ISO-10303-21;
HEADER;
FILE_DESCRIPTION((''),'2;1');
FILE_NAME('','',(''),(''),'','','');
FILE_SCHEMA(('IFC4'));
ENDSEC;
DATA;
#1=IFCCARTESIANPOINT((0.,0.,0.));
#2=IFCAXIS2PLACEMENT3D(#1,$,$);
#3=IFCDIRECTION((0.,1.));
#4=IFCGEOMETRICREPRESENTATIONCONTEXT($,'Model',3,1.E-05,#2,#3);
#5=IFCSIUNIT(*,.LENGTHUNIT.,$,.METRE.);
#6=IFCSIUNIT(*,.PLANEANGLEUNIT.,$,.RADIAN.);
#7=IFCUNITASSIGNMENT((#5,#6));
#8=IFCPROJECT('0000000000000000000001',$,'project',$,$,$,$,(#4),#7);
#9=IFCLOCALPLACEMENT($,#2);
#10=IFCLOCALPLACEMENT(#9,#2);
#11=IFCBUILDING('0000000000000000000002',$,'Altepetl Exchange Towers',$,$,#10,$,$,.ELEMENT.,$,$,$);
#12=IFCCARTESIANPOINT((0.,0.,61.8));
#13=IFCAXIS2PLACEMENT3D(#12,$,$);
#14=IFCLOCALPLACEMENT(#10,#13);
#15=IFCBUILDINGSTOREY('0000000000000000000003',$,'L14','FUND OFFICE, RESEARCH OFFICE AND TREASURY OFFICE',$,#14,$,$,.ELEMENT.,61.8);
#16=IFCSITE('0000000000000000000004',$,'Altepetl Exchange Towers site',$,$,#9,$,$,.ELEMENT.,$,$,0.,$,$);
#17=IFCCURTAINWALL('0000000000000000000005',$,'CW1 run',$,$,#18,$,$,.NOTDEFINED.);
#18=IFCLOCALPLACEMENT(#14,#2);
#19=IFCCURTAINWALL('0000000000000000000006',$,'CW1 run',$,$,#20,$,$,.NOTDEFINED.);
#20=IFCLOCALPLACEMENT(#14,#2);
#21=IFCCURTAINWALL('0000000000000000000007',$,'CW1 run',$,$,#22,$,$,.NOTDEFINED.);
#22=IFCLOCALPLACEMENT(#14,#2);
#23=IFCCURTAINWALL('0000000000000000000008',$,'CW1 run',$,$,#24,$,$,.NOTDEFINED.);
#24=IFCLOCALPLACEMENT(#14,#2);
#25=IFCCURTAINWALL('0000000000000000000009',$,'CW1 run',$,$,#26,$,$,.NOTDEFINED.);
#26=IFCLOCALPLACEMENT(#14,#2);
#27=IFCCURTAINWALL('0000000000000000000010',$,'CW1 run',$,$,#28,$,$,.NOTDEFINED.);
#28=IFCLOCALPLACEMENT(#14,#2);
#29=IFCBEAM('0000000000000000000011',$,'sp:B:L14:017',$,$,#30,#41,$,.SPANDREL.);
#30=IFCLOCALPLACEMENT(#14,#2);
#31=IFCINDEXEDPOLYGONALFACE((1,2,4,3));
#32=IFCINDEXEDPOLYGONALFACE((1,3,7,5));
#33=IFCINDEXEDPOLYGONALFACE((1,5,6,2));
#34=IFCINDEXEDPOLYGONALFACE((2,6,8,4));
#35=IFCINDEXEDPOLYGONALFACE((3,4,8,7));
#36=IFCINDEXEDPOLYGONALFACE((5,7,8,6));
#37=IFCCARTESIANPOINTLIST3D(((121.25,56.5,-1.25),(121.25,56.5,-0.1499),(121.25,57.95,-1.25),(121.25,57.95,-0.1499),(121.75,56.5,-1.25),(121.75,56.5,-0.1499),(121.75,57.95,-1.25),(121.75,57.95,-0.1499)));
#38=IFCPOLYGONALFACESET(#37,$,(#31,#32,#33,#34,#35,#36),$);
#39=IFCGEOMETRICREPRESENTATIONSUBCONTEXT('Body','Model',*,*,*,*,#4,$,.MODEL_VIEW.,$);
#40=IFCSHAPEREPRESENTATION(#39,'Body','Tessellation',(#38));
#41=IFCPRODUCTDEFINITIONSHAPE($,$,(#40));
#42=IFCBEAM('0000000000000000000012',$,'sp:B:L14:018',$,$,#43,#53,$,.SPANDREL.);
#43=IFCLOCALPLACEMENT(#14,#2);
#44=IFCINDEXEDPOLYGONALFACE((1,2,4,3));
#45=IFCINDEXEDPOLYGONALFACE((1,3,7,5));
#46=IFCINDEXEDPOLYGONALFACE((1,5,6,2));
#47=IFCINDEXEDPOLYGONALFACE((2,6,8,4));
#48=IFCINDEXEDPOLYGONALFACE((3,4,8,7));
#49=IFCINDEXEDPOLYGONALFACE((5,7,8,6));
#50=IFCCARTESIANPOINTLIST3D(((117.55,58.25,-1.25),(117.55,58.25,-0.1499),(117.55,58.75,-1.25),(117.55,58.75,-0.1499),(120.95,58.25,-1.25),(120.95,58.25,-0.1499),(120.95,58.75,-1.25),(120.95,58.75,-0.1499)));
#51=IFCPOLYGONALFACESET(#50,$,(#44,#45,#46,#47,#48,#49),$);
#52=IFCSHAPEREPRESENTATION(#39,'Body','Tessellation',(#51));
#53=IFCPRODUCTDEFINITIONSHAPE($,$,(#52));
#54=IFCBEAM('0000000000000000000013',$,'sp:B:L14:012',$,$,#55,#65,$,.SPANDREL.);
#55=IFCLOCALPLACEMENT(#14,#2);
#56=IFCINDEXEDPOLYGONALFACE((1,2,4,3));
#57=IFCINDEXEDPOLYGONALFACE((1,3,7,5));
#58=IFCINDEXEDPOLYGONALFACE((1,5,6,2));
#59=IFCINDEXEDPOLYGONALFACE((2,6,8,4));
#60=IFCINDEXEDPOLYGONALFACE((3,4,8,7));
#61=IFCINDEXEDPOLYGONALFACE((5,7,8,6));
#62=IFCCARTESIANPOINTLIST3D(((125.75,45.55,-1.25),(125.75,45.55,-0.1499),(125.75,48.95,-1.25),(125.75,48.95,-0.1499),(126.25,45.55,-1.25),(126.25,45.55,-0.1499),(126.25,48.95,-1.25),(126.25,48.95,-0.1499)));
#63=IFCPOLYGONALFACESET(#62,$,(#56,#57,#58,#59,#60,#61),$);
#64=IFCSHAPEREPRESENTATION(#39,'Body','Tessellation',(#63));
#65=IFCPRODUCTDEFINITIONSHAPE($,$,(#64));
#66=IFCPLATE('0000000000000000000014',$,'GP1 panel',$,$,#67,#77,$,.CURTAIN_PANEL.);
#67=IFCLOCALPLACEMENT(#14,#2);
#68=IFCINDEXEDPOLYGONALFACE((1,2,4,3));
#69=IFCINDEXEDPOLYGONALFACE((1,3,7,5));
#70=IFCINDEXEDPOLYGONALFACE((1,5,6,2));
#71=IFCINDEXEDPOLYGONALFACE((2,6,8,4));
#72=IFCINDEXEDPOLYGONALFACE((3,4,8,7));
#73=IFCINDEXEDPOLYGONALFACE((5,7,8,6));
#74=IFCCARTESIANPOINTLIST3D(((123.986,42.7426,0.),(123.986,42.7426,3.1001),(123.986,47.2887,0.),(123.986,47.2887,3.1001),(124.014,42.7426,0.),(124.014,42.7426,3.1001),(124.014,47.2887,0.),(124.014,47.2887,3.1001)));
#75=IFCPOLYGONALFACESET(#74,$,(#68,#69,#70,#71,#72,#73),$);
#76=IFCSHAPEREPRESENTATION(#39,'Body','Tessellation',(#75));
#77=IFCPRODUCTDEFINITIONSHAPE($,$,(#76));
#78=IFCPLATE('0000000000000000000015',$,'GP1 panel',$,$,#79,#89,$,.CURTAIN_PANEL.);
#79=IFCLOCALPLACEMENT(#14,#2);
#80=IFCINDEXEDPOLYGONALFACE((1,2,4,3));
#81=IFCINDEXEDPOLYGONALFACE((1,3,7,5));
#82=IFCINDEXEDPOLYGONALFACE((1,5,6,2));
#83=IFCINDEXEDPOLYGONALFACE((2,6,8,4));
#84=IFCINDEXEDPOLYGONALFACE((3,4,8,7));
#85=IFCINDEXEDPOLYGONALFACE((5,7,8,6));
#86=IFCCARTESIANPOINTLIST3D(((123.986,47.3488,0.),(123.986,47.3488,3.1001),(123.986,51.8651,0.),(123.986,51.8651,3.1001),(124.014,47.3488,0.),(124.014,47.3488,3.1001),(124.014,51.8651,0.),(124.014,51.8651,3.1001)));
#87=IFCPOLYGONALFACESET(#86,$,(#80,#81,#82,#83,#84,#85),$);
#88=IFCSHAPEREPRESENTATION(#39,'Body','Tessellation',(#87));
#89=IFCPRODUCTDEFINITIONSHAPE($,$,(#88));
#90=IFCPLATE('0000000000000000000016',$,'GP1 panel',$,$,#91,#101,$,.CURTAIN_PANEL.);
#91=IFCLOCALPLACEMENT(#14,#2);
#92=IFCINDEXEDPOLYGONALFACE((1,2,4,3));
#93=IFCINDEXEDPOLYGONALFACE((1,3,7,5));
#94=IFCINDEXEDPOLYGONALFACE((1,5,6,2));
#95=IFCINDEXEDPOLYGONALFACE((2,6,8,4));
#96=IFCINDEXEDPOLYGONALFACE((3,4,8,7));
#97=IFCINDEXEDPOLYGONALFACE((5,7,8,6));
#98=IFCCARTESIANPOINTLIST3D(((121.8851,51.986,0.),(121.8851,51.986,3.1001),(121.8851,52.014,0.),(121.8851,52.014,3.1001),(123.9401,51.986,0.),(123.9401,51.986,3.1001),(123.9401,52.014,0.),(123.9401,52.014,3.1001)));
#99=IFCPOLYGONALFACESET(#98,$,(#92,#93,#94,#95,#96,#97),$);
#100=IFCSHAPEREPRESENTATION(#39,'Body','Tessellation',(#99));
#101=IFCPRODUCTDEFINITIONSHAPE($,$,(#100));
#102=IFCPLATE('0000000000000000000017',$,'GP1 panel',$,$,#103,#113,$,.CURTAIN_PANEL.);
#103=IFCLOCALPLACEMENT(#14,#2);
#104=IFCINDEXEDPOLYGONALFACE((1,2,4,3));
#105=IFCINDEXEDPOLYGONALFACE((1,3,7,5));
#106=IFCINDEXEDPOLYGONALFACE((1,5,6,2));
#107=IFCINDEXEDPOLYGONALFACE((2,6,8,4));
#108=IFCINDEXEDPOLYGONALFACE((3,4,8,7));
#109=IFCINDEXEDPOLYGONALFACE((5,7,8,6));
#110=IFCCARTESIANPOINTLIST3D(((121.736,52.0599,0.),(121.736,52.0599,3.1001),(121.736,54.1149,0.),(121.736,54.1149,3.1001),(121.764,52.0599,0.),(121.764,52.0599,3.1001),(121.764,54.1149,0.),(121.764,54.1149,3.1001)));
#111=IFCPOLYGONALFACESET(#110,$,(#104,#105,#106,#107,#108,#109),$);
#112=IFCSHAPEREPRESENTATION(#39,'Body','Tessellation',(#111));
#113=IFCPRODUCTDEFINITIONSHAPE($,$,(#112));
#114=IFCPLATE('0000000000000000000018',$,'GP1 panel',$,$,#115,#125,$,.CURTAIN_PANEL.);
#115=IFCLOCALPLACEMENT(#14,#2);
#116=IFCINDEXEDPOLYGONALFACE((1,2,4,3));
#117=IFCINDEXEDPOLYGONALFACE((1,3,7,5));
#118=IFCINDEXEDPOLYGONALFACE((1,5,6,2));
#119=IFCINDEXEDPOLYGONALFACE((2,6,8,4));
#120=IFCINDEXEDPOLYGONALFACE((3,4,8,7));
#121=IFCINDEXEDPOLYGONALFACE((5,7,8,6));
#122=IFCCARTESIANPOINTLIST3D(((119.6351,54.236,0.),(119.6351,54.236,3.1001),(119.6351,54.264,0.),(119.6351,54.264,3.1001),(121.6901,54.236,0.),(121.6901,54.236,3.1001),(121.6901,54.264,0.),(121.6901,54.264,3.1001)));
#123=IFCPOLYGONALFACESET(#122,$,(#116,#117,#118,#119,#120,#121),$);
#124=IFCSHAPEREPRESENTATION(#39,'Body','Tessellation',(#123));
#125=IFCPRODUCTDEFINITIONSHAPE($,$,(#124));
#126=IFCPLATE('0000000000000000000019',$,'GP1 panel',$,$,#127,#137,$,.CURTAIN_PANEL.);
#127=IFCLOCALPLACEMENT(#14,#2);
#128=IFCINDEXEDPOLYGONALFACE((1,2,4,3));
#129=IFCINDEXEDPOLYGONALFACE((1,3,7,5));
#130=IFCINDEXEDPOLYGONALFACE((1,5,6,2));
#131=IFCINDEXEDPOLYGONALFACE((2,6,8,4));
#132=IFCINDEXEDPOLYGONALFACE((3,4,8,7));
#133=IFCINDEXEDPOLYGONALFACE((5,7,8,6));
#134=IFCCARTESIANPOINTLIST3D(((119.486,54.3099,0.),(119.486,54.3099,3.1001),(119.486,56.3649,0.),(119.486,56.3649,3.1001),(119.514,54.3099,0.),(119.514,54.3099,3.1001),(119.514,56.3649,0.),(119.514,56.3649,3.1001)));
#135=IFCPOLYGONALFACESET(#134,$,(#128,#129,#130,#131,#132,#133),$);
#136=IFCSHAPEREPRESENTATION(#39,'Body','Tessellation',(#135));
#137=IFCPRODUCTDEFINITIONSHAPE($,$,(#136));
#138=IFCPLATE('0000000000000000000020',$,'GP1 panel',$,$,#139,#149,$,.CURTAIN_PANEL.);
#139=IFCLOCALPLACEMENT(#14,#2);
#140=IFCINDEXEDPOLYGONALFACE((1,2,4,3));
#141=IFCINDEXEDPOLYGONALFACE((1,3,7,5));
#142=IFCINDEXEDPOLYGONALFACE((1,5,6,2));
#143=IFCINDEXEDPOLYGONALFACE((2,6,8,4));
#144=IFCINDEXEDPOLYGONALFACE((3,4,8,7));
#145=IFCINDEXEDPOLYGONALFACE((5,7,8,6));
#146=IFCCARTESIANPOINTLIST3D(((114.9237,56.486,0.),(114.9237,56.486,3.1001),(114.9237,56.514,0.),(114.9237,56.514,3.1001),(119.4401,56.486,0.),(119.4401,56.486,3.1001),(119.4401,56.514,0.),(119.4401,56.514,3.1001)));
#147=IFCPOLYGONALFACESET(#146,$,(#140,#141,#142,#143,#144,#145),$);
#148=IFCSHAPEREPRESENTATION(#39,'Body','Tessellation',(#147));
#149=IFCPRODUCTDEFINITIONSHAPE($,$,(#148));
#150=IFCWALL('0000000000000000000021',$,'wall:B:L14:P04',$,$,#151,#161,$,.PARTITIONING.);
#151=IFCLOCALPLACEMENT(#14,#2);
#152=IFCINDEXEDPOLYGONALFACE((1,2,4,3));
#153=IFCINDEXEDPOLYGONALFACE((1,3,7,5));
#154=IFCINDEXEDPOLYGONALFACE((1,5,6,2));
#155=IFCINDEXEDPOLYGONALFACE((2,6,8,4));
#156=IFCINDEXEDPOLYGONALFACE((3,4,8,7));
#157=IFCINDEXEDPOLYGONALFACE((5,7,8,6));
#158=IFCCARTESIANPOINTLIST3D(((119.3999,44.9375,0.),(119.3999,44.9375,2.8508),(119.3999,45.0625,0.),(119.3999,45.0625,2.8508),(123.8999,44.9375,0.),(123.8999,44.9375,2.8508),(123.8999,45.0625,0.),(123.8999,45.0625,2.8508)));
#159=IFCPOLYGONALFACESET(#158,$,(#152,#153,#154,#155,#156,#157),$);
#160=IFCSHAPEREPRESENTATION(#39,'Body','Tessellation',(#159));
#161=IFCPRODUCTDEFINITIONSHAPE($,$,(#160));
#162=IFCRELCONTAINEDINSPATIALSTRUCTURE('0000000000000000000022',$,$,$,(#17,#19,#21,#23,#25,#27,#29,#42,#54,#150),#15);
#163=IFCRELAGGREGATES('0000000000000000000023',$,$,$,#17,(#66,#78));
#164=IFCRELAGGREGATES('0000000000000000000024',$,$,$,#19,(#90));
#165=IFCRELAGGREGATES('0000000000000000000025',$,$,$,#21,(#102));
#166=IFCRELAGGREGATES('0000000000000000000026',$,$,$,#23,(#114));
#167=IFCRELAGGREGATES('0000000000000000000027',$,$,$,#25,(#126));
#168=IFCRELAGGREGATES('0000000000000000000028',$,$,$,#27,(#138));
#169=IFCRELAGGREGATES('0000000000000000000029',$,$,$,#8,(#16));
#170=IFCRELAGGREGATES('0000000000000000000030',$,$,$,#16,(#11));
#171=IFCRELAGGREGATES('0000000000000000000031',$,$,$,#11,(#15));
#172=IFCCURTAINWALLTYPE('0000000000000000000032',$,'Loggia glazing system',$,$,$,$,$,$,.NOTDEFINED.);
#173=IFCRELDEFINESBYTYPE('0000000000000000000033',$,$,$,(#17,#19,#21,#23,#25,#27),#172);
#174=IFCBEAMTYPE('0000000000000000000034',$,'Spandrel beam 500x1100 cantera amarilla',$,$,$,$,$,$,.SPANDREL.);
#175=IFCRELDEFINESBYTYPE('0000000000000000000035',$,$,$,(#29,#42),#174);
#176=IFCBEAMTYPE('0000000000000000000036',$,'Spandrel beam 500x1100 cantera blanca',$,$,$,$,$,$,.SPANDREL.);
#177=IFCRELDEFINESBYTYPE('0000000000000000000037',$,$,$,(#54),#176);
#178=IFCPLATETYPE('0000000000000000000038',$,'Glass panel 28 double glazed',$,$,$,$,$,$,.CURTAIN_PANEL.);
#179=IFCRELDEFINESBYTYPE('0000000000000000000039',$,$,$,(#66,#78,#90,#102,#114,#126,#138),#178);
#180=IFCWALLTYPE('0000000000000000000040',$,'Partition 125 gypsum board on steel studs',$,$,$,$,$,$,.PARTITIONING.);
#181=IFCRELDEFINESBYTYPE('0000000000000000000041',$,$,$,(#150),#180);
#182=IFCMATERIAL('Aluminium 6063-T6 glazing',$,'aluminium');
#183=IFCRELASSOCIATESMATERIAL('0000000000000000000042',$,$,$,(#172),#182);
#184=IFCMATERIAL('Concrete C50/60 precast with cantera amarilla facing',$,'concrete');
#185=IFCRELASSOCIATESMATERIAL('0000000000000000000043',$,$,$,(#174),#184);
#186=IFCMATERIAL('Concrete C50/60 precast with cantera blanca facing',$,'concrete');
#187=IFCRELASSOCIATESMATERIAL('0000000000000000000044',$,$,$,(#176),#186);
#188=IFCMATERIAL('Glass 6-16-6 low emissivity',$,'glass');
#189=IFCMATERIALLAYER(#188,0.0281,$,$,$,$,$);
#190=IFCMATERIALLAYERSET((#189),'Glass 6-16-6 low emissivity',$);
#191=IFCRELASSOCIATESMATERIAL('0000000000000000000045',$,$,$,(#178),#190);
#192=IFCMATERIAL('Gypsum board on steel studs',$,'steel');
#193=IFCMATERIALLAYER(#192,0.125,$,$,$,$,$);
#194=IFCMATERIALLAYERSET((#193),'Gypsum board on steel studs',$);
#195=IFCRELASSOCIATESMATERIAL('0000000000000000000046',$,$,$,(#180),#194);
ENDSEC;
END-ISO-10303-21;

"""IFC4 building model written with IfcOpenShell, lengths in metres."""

from ifc_helpers import new_model, si_unit, direction, frame, frame_2d, origin, origin_2d, place, context, subcontext, project, spatial, rectangle, extrude, material, layer, layer_set, material_profile, profile_set, type_object, element, aggregate, save


model = new_model("IFC4")

# Units and contexts
model_context = context("Model", 3, precision=1e-05, world=origin(), true_north=direction((0.0, 1.0)))
body_context = subcontext(model_context, "Body", "Model", "MODEL_VIEW")
ifc_project = project(units=[si_unit("LENGTHUNIT", "METRE"), si_unit("PLANEANGLEUNIT", "RADIAN")], contexts=[model_context])

# Site, building, storey
site_placement = place(None, origin())
site = spatial("IfcSite", under=ifc_project, at=site_placement, Name="Altepetl Exchange Towers site", CompositionType="ELEMENT", RefElevation=0.0)
building_placement = place(site_placement, origin())
building = spatial("IfcBuilding", under=site, at=building_placement, Name="Altepetl Exchange Towers", CompositionType="ELEMENT")
storey_placement = place(building_placement, frame((0.0, 0.0, 61.8)))
storey = spatial("IfcBuildingStorey", under=building, at=storey_placement, Name="L14", Description="FUND OFFICE, RESEARCH OFFICE AND TREASURY OFFICE", CompositionType="ELEMENT", Elevation=61.8)

# Curtain walls
ifc_material_1 = material(Name="Aluminium 6063-T6 glazing", Category="aluminium")
curtain_wall_type = type_object("IfcCurtainWallType", Name="Loggia glazing system", PredefinedType="NOTDEFINED", material=ifc_material_1)
curtain_wall_1_placement = place(storey_placement, origin())
curtain_wall_1 = element("IfcCurtainWall", 1, at=curtain_wall_1_placement, inside=storey, type_object=curtain_wall_type, Name="CW1 run", PredefinedType="NOTDEFINED")
curtain_wall_2_placement = place(storey_placement, origin())
curtain_wall_2 = element("IfcCurtainWall", 2, at=curtain_wall_2_placement, inside=storey, type_object=curtain_wall_type, Name="CW1 run", PredefinedType="NOTDEFINED")
curtain_wall_3_placement = place(storey_placement, origin())
curtain_wall_3 = element("IfcCurtainWall", 3, at=curtain_wall_3_placement, inside=storey, type_object=curtain_wall_type, Name="CW1 run", PredefinedType="NOTDEFINED")
curtain_wall_4_placement = place(storey_placement, origin())
curtain_wall_4 = element("IfcCurtainWall", 4, at=curtain_wall_4_placement, inside=storey, type_object=curtain_wall_type, Name="CW1 run", PredefinedType="NOTDEFINED")
curtain_wall_5_placement = place(storey_placement, origin())
curtain_wall_5 = element("IfcCurtainWall", 5, at=curtain_wall_5_placement, inside=storey, type_object=curtain_wall_type, Name="CW1 run", PredefinedType="NOTDEFINED")

# Curtain wall
curtain_wall_6_placement = place(storey_placement, origin())
curtain_wall_6 = element("IfcCurtainWall", 6, at=curtain_wall_6_placement, inside=storey, type_object=curtain_wall_type, Name="CW1 run", PredefinedType="NOTDEFINED")

# Beams
ifc_material_2 = material(Name="Concrete C50/60 precast with cantera amarilla facing", Category="concrete")
ifc_material_profile_1 = material_profile(ifc_material_2, rectangle(XDim=0.5, YDim=1.1001, at=origin_2d()), Name="500 x 1100")
ifc_profile_set_1 = profile_set([ifc_material_profile_1], Name="Concrete C50/60 precast with cantera amarilla facing")
beam_type_1 = type_object("IfcBeamType", Name="Spandrel beam 500x1100 cantera amarilla", PredefinedType="SPANDREL", material=ifc_profile_set_1)
beam_1_placement = place(storey_placement, frame((121.5, 56.5, -0.7), z_axis=(0.0, 1.0, 0.0), x_axis=(-1.0, 0.0, 0.0)))
element("IfcBeam", 7, at=beam_1_placement, inside=storey, type_object=beam_type_1, Name="sp:B:L14:017", PredefinedType="SPANDREL", context=body_context, shape_type="SweptSolid", body=[
    extrude(rectangle(XDim=0.5, YDim=1.1001, at=origin_2d()), origin(), (0.0, 0.0, 1.0), 1.45),
])
beam_2_placement = place(storey_placement, frame((120.95, 58.5, -0.7), z_axis=(-1.0, 0.0, 0.0), x_axis=(0.0, -1.0, 0.0)))
element("IfcBeam", 8, at=beam_2_placement, inside=storey, type_object=beam_type_1, Name="sp:B:L14:018", PredefinedType="SPANDREL", context=body_context, shape_type="SweptSolid", body=[
    extrude(rectangle(XDim=0.5, YDim=1.1001, at=origin_2d()), origin(), (0.0, 0.0, 1.0), 3.3999),
])
ifc_material_3 = material(Name="Concrete C50/60 precast with cantera blanca facing", Category="concrete")
ifc_material_profile_2 = material_profile(ifc_material_3, rectangle(XDim=0.5, YDim=1.1001, at=origin_2d()), Name="500 x 1100")
ifc_profile_set_2 = profile_set([ifc_material_profile_2], Name="Concrete C50/60 precast with cantera blanca facing")
beam_type_2 = type_object("IfcBeamType", Name="Spandrel beam 500x1100 cantera blanca", PredefinedType="SPANDREL", material=ifc_profile_set_2)
beam_3_placement = place(storey_placement, frame((126.0, 45.55, -0.7), z_axis=(0.0, 1.0, 0.0), x_axis=(-1.0, 0.0, 0.0)))
element("IfcBeam", 9, at=beam_3_placement, inside=storey, type_object=beam_type_2, Name="sp:B:L14:012", PredefinedType="SPANDREL", context=body_context, shape_type="SweptSolid", body=[
    extrude(rectangle(XDim=0.5, YDim=1.1001, at=origin_2d()), origin(), (0.0, 0.0, 1.0), 3.3999),
])

# Plates
ifc_material_4 = material(Name="Glass 6-16-6 low emissivity", Category="glass")
ifc_layer_1 = layer(ifc_material_4, 0.0281)
ifc_layer_set_1 = layer_set([ifc_layer_1], Name="Glass 6-16-6 low emissivity")
plate_type = type_object("IfcPlateType", Name="Glass panel 28 double glazed", PredefinedType="CURTAIN_PANEL", material=ifc_layer_set_1)
plate_1_placement = place(storey_placement, frame((124.0, 45.0156, 0.0), z_axis=(0.0, 0.0, 1.0), x_axis=(0.0, 1.0, 0.0)))
plate_1 = element("IfcPlate", 10, at=plate_1_placement, type_object=plate_type, Name="GP1 panel", PredefinedType="CURTAIN_PANEL", context=body_context, shape_type="SweptSolid", body=[
    extrude(rectangle(XDim=4.5461, YDim=0.0281, at=origin_2d()), origin(), (0.0, 0.0, 1.0), 3.1001),
])
plate_2_placement = place(storey_placement, frame((124.0, 49.6069, 0.0), z_axis=(0.0, 0.0, 1.0), x_axis=(0.0, 1.0, 0.0)))
plate_2 = element("IfcPlate", 11, at=plate_2_placement, type_object=plate_type, Name="GP1 panel", PredefinedType="CURTAIN_PANEL", context=body_context, shape_type="SweptSolid", body=[
    extrude(rectangle(XDim=4.5164, YDim=0.0281, at=origin_2d()), origin(), (0.0, 0.0, 1.0), 3.1001),
])
aggregate(curtain_wall_1, [plate_1, plate_2])
plate_3_placement = place(storey_placement, frame((122.9126, 52.0, 0.0), z_axis=(0.0, 0.0, 1.0), x_axis=(-1.0, 0.0, 0.0)))
plate_3 = element("IfcPlate", 12, at=plate_3_placement, type_object=plate_type, Name="GP1 panel", PredefinedType="CURTAIN_PANEL", context=body_context, shape_type="SweptSolid", body=[
    extrude(rectangle(XDim=2.0549, YDim=0.0281, at=origin_2d()), origin(), (0.0, 0.0, 1.0), 3.1001),
])
aggregate(curtain_wall_2, [plate_3])
plate_4_placement = place(storey_placement, frame((121.75, 53.0874, 0.0), z_axis=(0.0, 0.0, 1.0), x_axis=(0.0, 1.0, 0.0)))
plate_4 = element("IfcPlate", 13, at=plate_4_placement, type_object=plate_type, Name="GP1 panel", PredefinedType="CURTAIN_PANEL", context=body_context, shape_type="SweptSolid", body=[
    extrude(rectangle(XDim=2.0549, YDim=0.0281, at=origin_2d()), origin(), (0.0, 0.0, 1.0), 3.1001),
])
aggregate(curtain_wall_3, [plate_4])
plate_5_placement = place(storey_placement, frame((120.6626, 54.25, 0.0), z_axis=(0.0, 0.0, 1.0), x_axis=(-1.0, 0.0, 0.0)))
plate_5 = element("IfcPlate", 14, at=plate_5_placement, type_object=plate_type, Name="GP1 panel", PredefinedType="CURTAIN_PANEL", context=body_context, shape_type="SweptSolid", body=[
    extrude(rectangle(XDim=2.0549, YDim=0.0281, at=origin_2d()), origin(), (0.0, 0.0, 1.0), 3.1001),
])
aggregate(curtain_wall_4, [plate_5])
plate_6_placement = place(storey_placement, frame((119.5, 55.3374, 0.0), z_axis=(0.0, 0.0, 1.0), x_axis=(0.0, 1.0, 0.0)))
plate_6 = element("IfcPlate", 15, at=plate_6_placement, type_object=plate_type, Name="GP1 panel", PredefinedType="CURTAIN_PANEL", context=body_context, shape_type="SweptSolid", body=[
    extrude(rectangle(XDim=2.0549, YDim=0.0281, at=origin_2d()), origin(), (0.0, 0.0, 1.0), 3.1001),
])
aggregate(curtain_wall_5, [plate_6])
plate_7_placement = place(storey_placement, frame((117.1819, 56.5, 0.0), z_axis=(0.0, 0.0, 1.0), x_axis=(-1.0, 0.0, 0.0)))
plate_7 = element("IfcPlate", 16, at=plate_7_placement, type_object=plate_type, Name="GP1 panel", PredefinedType="CURTAIN_PANEL", context=body_context, shape_type="SweptSolid", body=[
    extrude(rectangle(XDim=4.5164, YDim=0.0281, at=origin_2d()), origin(), (0.0, 0.0, 1.0), 3.1001),
])
aggregate(curtain_wall_6, [plate_7])

# Wall
ifc_material_5 = material(Name="Gypsum board on steel studs", Category="steel")
ifc_layer_2 = layer(ifc_material_5, 0.125)
ifc_layer_set_2 = layer_set([ifc_layer_2], Name="Gypsum board on steel studs")
wall_type = type_object("IfcWallType", Name="Partition 125 gypsum board on steel studs", PredefinedType="PARTITIONING", material=ifc_layer_set_2)
wall_placement = place(storey_placement, frame((119.3999, 45.0, 0.0)))
element("IfcWall", 17, at=wall_placement, inside=storey, type_object=wall_type, Name="wall:B:L14:P04", PredefinedType="PARTITIONING", context=body_context, shape_type="SweptSolid", body=[
    extrude(rectangle(XDim=4.5, YDim=0.125, at=frame_2d((2.25, 0.0))), origin(), (0.0, 0.0, 1.0), 2.8508),
])

save(model, "model.ifc")
